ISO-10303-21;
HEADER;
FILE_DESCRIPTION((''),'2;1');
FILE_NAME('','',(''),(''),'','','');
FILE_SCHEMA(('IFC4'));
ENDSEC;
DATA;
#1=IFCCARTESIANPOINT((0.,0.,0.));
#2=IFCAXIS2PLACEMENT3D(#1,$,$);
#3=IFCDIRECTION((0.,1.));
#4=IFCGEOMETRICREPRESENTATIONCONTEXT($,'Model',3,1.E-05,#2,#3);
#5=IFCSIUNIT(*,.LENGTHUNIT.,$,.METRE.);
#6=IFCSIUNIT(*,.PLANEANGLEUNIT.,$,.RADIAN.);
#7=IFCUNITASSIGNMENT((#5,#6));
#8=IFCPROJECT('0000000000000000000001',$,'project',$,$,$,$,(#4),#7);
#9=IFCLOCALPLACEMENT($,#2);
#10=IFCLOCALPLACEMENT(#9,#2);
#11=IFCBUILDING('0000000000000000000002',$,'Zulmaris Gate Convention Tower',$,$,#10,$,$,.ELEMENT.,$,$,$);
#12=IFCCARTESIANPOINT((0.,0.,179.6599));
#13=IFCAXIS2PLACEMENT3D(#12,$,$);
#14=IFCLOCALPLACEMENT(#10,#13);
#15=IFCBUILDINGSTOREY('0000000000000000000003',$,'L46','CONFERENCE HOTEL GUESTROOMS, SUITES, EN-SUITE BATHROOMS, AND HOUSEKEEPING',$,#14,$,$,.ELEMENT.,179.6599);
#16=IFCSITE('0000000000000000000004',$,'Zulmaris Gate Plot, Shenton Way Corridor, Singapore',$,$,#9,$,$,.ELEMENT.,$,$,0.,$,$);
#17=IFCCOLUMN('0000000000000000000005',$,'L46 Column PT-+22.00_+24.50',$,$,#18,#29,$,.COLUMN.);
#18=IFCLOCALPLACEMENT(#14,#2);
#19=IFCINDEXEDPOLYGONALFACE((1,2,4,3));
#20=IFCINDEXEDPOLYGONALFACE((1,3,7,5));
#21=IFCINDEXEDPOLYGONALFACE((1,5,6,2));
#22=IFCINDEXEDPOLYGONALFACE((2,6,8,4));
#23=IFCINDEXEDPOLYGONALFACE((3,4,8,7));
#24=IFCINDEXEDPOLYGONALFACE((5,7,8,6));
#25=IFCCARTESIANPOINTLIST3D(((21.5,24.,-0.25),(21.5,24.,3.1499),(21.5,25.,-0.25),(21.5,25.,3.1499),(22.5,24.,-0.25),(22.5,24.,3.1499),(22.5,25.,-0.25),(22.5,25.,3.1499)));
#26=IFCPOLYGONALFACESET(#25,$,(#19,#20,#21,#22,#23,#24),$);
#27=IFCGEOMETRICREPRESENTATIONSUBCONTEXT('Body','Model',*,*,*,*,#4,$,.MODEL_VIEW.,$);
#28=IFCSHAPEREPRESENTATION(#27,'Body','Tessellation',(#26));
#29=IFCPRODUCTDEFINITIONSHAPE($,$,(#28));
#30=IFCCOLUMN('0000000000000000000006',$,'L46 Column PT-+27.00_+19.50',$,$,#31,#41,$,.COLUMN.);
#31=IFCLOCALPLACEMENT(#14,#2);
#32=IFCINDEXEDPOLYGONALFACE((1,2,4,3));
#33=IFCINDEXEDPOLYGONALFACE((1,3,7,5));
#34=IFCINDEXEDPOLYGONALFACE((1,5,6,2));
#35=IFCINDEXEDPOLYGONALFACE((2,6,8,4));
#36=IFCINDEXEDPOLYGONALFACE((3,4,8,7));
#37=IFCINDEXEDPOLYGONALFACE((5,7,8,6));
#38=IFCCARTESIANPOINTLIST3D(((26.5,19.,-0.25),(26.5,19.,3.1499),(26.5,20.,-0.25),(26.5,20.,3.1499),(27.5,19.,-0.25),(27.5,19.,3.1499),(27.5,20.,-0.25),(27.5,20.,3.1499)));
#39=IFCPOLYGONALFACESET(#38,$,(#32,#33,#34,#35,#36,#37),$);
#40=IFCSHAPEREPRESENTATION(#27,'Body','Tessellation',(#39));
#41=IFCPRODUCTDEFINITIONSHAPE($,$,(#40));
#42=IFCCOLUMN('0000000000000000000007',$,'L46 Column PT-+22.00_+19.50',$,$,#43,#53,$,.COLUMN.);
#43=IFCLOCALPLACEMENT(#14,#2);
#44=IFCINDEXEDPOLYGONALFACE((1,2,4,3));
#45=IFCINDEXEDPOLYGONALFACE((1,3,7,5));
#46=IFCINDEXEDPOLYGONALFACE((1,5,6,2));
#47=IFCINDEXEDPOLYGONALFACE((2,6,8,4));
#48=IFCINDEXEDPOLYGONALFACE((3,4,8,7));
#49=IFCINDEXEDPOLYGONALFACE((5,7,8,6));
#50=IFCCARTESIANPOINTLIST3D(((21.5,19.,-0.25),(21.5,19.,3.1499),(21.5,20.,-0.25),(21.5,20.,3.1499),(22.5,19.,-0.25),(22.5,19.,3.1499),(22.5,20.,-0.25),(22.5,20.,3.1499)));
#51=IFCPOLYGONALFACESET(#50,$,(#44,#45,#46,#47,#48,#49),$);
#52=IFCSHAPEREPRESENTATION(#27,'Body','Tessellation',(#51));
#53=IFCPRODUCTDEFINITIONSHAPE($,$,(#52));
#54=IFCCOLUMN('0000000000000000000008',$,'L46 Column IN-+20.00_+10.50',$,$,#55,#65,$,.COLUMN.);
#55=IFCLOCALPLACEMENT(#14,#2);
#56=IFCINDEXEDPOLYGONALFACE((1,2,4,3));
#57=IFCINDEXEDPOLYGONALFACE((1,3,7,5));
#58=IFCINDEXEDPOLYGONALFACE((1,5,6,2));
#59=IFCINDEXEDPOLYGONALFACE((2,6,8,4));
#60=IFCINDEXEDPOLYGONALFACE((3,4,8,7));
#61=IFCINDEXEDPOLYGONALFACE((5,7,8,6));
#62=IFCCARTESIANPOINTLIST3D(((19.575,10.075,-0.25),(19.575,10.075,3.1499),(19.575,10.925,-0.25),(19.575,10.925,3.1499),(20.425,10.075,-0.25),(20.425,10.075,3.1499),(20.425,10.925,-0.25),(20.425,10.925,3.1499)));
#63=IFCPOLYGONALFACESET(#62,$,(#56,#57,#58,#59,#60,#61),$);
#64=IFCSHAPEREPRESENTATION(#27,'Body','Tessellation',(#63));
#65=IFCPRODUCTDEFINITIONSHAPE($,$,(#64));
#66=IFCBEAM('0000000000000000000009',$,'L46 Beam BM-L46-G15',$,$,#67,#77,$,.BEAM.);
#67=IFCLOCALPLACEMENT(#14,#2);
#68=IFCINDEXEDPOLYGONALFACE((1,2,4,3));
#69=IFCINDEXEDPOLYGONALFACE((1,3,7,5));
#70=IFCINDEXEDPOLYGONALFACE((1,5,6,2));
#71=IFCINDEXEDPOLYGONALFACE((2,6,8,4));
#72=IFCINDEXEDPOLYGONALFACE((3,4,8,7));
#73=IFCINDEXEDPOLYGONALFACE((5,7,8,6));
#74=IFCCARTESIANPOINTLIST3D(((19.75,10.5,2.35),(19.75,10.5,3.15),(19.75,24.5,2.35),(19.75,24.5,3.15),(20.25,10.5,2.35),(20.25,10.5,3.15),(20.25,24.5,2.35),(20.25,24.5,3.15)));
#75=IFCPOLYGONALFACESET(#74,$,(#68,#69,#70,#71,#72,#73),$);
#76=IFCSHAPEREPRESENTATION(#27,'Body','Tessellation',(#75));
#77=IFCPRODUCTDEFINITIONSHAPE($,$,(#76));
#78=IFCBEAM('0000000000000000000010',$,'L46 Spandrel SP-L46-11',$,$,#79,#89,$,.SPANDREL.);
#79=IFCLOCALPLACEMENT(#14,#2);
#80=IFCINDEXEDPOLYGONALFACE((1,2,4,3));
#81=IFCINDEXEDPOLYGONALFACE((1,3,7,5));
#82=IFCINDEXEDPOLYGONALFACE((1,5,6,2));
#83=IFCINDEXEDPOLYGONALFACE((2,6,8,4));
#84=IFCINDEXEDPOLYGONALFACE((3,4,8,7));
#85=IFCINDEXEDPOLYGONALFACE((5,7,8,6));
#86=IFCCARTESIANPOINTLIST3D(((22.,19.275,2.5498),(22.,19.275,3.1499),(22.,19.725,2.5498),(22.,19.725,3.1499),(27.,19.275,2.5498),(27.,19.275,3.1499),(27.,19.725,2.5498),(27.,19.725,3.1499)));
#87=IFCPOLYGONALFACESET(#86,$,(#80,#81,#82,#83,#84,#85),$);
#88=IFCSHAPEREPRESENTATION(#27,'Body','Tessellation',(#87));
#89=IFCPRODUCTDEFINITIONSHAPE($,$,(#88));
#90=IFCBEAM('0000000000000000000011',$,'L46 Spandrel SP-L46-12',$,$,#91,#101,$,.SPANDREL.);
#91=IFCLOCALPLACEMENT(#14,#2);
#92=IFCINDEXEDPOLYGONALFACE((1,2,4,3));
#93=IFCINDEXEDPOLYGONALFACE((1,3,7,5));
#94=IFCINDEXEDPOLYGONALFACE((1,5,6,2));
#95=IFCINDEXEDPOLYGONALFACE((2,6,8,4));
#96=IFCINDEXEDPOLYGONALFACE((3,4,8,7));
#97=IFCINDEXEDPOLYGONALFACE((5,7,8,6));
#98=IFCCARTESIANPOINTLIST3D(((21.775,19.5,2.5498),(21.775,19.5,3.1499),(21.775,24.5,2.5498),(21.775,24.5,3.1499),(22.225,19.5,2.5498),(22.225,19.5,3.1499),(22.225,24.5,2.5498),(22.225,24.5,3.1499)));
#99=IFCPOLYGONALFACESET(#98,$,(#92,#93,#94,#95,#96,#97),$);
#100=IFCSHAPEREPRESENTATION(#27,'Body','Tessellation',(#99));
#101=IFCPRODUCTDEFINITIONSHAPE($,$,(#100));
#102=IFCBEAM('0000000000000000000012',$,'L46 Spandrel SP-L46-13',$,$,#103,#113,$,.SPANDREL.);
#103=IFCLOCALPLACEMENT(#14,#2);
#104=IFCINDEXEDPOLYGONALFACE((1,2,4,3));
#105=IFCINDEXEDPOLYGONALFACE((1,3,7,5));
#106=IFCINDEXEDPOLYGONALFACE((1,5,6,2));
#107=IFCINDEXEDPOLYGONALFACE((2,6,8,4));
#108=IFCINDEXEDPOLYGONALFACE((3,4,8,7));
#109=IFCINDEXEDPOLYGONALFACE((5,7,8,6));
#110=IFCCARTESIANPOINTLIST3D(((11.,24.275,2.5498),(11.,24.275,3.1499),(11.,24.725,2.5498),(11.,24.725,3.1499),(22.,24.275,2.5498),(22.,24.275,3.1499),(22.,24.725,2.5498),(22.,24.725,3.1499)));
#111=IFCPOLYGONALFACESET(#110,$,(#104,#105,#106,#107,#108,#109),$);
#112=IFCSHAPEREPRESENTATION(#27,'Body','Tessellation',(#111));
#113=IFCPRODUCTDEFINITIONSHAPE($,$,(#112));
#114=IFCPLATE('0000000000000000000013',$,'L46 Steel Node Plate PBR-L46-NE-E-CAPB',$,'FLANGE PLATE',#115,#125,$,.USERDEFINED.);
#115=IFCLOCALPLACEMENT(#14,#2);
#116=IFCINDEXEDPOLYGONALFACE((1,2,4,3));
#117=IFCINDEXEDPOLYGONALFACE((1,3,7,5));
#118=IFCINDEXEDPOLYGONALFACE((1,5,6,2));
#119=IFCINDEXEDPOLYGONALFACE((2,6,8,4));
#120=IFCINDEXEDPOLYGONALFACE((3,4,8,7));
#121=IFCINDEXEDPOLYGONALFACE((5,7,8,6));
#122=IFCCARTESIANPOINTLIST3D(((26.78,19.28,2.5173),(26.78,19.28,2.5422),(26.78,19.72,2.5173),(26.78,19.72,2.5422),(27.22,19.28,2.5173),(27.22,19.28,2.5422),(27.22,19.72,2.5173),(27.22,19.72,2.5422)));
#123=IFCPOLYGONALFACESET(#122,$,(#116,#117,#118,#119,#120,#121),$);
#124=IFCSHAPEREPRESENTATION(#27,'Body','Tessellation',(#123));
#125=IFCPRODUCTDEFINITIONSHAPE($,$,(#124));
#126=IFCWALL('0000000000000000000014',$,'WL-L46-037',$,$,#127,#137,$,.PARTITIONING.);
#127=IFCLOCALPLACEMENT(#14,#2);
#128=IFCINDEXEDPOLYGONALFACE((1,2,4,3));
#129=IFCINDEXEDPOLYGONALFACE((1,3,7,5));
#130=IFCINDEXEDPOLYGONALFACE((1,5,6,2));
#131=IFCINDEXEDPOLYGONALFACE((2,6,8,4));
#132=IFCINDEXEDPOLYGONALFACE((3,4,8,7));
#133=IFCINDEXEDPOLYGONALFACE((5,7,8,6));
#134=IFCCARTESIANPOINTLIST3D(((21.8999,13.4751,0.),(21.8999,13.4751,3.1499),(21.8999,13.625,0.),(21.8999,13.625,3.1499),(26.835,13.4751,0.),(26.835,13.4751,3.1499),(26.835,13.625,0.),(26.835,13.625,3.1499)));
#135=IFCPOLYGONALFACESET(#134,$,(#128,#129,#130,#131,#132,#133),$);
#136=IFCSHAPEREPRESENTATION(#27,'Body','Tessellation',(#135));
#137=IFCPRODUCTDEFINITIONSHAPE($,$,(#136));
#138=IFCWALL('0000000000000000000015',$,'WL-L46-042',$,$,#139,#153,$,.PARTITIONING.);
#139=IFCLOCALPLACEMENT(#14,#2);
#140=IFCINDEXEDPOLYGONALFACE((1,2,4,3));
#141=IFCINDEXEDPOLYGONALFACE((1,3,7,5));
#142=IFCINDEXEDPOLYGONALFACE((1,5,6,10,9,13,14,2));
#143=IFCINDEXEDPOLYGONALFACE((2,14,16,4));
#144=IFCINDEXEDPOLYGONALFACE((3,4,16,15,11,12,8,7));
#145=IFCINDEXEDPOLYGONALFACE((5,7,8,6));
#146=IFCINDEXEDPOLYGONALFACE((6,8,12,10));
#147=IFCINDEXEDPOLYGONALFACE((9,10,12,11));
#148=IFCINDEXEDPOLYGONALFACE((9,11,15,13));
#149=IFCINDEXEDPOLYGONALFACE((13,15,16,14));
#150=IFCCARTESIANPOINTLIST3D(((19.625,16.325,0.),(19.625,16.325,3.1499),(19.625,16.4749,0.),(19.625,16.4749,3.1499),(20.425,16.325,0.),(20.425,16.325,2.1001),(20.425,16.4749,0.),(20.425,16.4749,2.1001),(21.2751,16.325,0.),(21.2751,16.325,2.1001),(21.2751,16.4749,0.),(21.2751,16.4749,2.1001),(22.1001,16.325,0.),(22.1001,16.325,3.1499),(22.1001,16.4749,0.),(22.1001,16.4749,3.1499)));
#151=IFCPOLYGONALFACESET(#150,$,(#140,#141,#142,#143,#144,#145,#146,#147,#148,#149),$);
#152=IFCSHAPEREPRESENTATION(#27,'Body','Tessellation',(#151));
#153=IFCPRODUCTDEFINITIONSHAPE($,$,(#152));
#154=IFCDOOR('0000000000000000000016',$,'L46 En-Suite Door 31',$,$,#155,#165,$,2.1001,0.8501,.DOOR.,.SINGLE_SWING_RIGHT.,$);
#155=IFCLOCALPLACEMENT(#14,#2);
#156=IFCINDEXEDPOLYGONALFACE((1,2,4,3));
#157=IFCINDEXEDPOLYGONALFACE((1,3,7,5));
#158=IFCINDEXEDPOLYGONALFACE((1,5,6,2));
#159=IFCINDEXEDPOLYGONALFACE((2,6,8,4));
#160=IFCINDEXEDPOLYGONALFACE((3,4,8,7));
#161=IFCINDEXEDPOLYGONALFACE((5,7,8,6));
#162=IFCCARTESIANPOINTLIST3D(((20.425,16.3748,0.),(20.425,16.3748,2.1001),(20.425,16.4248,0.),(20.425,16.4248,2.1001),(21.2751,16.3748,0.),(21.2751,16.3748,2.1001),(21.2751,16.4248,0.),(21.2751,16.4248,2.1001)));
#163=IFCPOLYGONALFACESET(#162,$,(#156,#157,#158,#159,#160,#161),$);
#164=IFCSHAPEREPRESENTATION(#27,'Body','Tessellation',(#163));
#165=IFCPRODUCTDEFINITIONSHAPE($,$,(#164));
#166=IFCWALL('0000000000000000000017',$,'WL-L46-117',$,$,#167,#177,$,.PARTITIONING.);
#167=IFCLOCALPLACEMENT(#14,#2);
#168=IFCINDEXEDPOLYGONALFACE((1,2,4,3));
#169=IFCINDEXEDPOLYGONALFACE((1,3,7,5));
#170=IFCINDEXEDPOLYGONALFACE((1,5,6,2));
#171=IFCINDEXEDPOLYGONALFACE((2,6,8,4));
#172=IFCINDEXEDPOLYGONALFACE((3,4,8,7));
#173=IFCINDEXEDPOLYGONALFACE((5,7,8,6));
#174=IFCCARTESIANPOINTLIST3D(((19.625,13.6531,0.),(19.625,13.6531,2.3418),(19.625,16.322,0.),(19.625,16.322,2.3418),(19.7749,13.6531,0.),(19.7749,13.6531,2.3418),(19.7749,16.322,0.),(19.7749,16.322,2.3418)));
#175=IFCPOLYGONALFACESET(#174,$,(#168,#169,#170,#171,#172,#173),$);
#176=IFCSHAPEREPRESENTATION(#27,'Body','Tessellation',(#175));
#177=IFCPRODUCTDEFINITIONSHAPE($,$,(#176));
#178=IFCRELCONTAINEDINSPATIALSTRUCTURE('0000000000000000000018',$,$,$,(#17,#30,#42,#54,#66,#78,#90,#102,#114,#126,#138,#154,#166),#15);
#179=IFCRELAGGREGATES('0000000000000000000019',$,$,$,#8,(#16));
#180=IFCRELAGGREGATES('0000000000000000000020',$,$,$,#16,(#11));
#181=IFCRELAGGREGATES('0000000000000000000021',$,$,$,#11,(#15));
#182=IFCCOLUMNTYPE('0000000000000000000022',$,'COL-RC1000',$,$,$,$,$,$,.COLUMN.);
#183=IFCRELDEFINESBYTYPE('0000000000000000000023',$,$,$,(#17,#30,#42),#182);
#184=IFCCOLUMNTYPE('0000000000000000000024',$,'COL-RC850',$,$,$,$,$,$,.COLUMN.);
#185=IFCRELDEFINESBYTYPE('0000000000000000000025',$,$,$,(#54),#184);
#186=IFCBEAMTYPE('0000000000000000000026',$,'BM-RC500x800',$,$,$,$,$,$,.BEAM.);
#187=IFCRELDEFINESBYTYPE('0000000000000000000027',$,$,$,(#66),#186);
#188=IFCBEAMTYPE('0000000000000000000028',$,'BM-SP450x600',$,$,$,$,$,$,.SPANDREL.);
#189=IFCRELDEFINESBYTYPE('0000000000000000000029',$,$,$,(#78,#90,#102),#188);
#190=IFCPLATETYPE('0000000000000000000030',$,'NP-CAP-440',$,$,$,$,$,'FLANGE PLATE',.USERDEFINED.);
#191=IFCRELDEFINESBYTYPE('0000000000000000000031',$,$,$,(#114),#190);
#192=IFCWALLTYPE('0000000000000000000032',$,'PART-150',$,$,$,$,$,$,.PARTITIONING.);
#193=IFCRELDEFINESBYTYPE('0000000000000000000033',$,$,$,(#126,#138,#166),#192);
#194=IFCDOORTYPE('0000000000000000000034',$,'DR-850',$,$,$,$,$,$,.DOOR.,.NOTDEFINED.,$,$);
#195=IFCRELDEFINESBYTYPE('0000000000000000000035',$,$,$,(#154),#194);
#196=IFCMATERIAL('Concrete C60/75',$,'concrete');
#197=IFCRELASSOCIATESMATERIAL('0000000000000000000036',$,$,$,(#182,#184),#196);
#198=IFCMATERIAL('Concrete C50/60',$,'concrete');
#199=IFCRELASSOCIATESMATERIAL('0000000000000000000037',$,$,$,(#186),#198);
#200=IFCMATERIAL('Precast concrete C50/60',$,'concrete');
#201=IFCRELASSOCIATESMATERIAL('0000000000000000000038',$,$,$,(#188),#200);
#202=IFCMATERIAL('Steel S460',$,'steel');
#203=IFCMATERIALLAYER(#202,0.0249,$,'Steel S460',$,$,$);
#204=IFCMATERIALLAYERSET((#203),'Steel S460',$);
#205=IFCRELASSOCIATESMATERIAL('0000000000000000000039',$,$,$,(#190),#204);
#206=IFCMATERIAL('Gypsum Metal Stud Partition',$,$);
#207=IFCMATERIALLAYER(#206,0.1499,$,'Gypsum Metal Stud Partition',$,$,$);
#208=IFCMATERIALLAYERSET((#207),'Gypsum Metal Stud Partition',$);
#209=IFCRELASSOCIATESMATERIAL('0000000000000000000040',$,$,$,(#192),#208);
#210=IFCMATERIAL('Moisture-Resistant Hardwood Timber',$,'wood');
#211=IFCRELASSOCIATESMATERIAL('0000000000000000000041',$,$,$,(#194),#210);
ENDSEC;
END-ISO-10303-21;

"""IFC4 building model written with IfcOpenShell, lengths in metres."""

from ifc_helpers import new_model, si_unit, direction, frame, frame_2d, origin, origin_2d, place, context, subcontext, project, spatial, rectangle, extrude, material, layer, layer_set, material_profile, profile_set, type_object, element, fill, save


model = new_model("IFC4")

# Units and contexts
model_context = context("Model", 3, precision=1e-05, world=origin(), true_north=direction((0.0, 1.0)))
body_context = subcontext(model_context, "Body", "Model", "MODEL_VIEW")
ifc_project = project(units=[si_unit("LENGTHUNIT", "METRE"), si_unit("PLANEANGLEUNIT", "RADIAN")], contexts=[model_context])

# Site, building, storey
site_placement = place(None, origin())
site = spatial("IfcSite", under=ifc_project, at=site_placement, Name="Zulmaris Gate Plot, Shenton Way Corridor, Singapore", CompositionType="ELEMENT", RefElevation=0.0)
building_placement = place(site_placement, origin())
building = spatial("IfcBuilding", under=site, at=building_placement, Name="Zulmaris Gate Convention Tower", CompositionType="ELEMENT")
storey_placement = place(building_placement, frame((0.0, 0.0, 179.6599)))
storey = spatial("IfcBuildingStorey", under=building, at=storey_placement, Name="L46", Description="CONFERENCE HOTEL GUESTROOMS, SUITES, EN-SUITE BATHROOMS, AND HOUSEKEEPING", CompositionType="ELEMENT", Elevation=179.6599)

# Columns
ifc_material_1 = material(Name="Concrete C60/75", Category="concrete")
ifc_material_profile_1 = material_profile(ifc_material_1, rectangle(XDim=1.0, YDim=1.0, at=origin_2d()), Name="RC COL 1000x1000")
ifc_profile_set_1 = profile_set([ifc_material_profile_1], Name="Concrete C60/75")
column_type_1 = type_object("IfcColumnType", Name="COL-RC1000", PredefinedType="COLUMN", material=ifc_profile_set_1)
for number, where, z_axis, x_axis, name in (
    (1, (22.0, 24.5, -0.25), (0.0, 0.0, 1.0), (1.0, 0.0, 0.0), "L46 Column PT-+22.00_+24.50"),
    (2, (27.0, 19.5, -0.25), (0.0, 0.0, 1.0), (1.0, 0.0, 0.0), "L46 Column PT-+27.00_+19.50"),
    (3, (22.0, 19.5, -0.25), (0.0, 0.0, 1.0), (1.0, 0.0, 0.0), "L46 Column PT-+22.00_+19.50"),
):
    element("IfcColumn", number, at=place(storey_placement, frame(where, z_axis=z_axis, x_axis=x_axis)), inside=storey, type_object=column_type_1, Name=name, PredefinedType="COLUMN", context=body_context, shape_type="SweptSolid", body=[
        extrude(rectangle(XDim=1.0, YDim=1.0, at=origin_2d()), origin(), (0.0, 0.0, 1.0), 3.3999),
    ])
ifc_material_profile_2 = material_profile(ifc_material_1, rectangle(XDim=0.8501, YDim=0.8501, at=origin_2d()), Name="RC COL 850x850")
ifc_profile_set_2 = profile_set([ifc_material_profile_2], Name="Concrete C60/75")
column_type_2 = type_object("IfcColumnType", Name="COL-RC850", PredefinedType="COLUMN", material=ifc_profile_set_2)
column_placement = place(storey_placement, frame((20.0, 10.5, -0.25), z_axis=(0.0, 0.0, 1.0), x_axis=(1.0, 0.0, 0.0)))
element("IfcColumn", 4, at=column_placement, inside=storey, type_object=column_type_2, Name="L46 Column IN-+20.00_+10.50", PredefinedType="COLUMN", context=body_context, shape_type="SweptSolid", body=[
    extrude(rectangle(XDim=0.8501, YDim=0.8501, at=origin_2d()), origin(), (0.0, 0.0, 1.0), 3.3999),
])

# Beams
ifc_material_2 = material(Name="Concrete C50/60", Category="concrete")
ifc_material_profile_3 = material_profile(ifc_material_2, rectangle(XDim=0.5, YDim=0.8, at=origin_2d()), Name="RC BEAM 500x800")
ifc_profile_set_3 = profile_set([ifc_material_profile_3], Name="Concrete C50/60")
beam_type_1 = type_object("IfcBeamType", Name="BM-RC500x800", PredefinedType="BEAM", material=ifc_profile_set_3)
beam_1_placement = place(storey_placement, frame((20.0, 10.5, 2.75), z_axis=(0.0, 1.0, 0.0), x_axis=(-1.0, 0.0, 0.0)))
element("IfcBeam", 5, at=beam_1_placement, inside=storey, type_object=beam_type_1, Name="L46 Beam BM-L46-G15", PredefinedType="BEAM", context=body_context, shape_type="SweptSolid", body=[
    extrude(rectangle(XDim=0.5, YDim=0.8, at=origin_2d()), origin(), (0.0, 0.0, 1.0), 14.0),
])
ifc_material_3 = material(Name="Precast concrete C50/60", Category="concrete")
ifc_material_profile_4 = material_profile(ifc_material_3, rectangle(XDim=0.45, YDim=0.6001, at=origin_2d()), Name="RC SPANDREL 450x600")
ifc_profile_set_4 = profile_set([ifc_material_profile_4], Name="Precast concrete C50/60")
beam_type_2 = type_object("IfcBeamType", Name="BM-SP450x600", PredefinedType="SPANDREL", material=ifc_profile_set_4)
for number, where, z_axis, x_axis, name in (
    (6, (27.0, 19.5, 2.8499), (-1.0, 0.0, 0.0), (0.0, -1.0, 0.0), "L46 Spandrel SP-L46-11"),
    (7, (22.0, 19.5, 2.8499), (0.0, 1.0, 0.0), (-1.0, 0.0, 0.0), "L46 Spandrel SP-L46-12"),
):
    element("IfcBeam", number, at=place(storey_placement, frame(where, z_axis=z_axis, x_axis=x_axis)), inside=storey, type_object=beam_type_2, Name=name, PredefinedType="SPANDREL", context=body_context, shape_type="SweptSolid", body=[
        extrude(rectangle(XDim=0.45, YDim=0.6001, at=origin_2d()), origin(), (0.0, 0.0, 1.0), 5.0),
    ])
beam_2_placement = place(storey_placement, frame((22.0, 24.5, 2.8499), z_axis=(-1.0, 0.0, 0.0), x_axis=(0.0, -1.0, 0.0)))
element("IfcBeam", 8, at=beam_2_placement, inside=storey, type_object=beam_type_2, Name="L46 Spandrel SP-L46-13", PredefinedType="SPANDREL", context=body_context, shape_type="SweptSolid", body=[
    extrude(rectangle(XDim=0.45, YDim=0.6001, at=origin_2d()), origin(), (0.0, 0.0, 1.0), 11.0),
])

# Plate
ifc_material_4 = material(Name="Steel S460", Category="steel")
ifc_layer_1 = layer(ifc_material_4, 0.0249, Name="Steel S460")
ifc_layer_set_1 = layer_set([ifc_layer_1], Name="Steel S460")
plate_type = type_object("IfcPlateType", Name="NP-CAP-440", ElementType="FLANGE PLATE", PredefinedType="USERDEFINED", material=ifc_layer_set_1)
plate_placement = place(storey_placement, frame((27.0, 19.5, 2.5173), z_axis=(0.0, 0.0, 1.0), x_axis=(1.0, 0.0, 0.0)))
element("IfcPlate", 9, at=plate_placement, inside=storey, type_object=plate_type, Name="L46 Steel Node Plate PBR-L46-NE-E-CAPB", ObjectType="FLANGE PLATE", PredefinedType="USERDEFINED", context=body_context, shape_type="SweptSolid", body=[
    extrude(rectangle(XDim=0.4399, YDim=0.4399, at=origin_2d()), origin(), (0.0, 0.0, 1.0), 0.0249),
])

# Wall
ifc_material_5 = material(Name="Gypsum Metal Stud Partition")
ifc_layer_2 = layer(ifc_material_5, 0.1499, Name="Gypsum Metal Stud Partition")
ifc_layer_set_2 = layer_set([ifc_layer_2], Name="Gypsum Metal Stud Partition")
wall_type_1 = type_object("IfcWallType", Name="PART-150", PredefinedType="PARTITIONING", material=ifc_layer_set_2)
wall_1_placement = place(storey_placement, frame((21.8999, 13.55, 0.0), z_axis=(0.0, 0.0, 1.0), x_axis=(1.0, 0.0, 0.0)))
element("IfcWall", 10, at=wall_1_placement, inside=storey, type_object=wall_type_1, Name="WL-L46-037", PredefinedType="PARTITIONING", context=body_context, shape_type="SweptSolid", body=[
    extrude(rectangle(XDim=4.9351, YDim=0.1499, at=frame_2d((2.4675, 0.0))), origin(), (0.0, 0.0, 1.0), 3.1499),
])

# Wall, opening, door
wall_2_placement = place(storey_placement, frame((19.625, 16.3999, 0.0), z_axis=(0.0, 0.0, 1.0), x_axis=(1.0, 0.0, 0.0)))
wall_2 = element("IfcWall", 11, at=wall_2_placement, inside=storey, type_object=wall_type_1, Name="WL-L46-042", PredefinedType="PARTITIONING", context=body_context, shape_type="SweptSolid", body=[
    extrude(rectangle(XDim=2.4751, YDim=0.1499, at=frame_2d((1.2375, 0.0))), origin(), (0.0, 0.0, 1.0), 3.1499),
])
opening_1_placement = place(wall_2_placement, frame((0.8, 0.0, 0.0)))
opening_1 = element("IfcOpeningElement", 12, at=opening_1_placement, cuts=wall_2, PredefinedType="OPENING", context=body_context, shape_type="SweptSolid", body=[
    extrude(rectangle(XDim=0.8501, YDim=2.1001, at=frame_2d((0.425, 1.05))), frame((0.0, 0.085, 0.0), z_axis=(0.0, -1.0, 0.0), x_axis=(1.0, 0.0, 0.0)), (0.0, 0.0, 1.0), 0.1699),
])
ifc_material_6 = material(Name="Moisture-Resistant Hardwood Timber", Category="wood")
door_type_1 = type_object("IfcDoorType", Name="DR-850", OperationType="NOTDEFINED", PredefinedType="DOOR", material=ifc_material_6)
door_1_placement = place(opening_1_placement, origin())
door_1 = element("IfcDoor", 13, at=door_1_placement, inside=storey, type_object=door_type_1, Name="L46 En-Suite Door 31", OperationType="SINGLE_SWING_RIGHT", OverallHeight=2.1001, OverallWidth=0.8501, PredefinedType="DOOR", context=body_context, shape_type="SweptSolid", body=[
    extrude(rectangle(XDim=0.8501, YDim=2.1001, at=frame_2d((0.425, 1.05))), frame((0.0, 0.0249, 0.0), z_axis=(0.0, -1.0, 0.0), x_axis=(1.0, 0.0, 0.0)), (0.0, 0.0, 1.0), 0.05),
])
fill(opening_1, door_1)

# Wall
wall_3_placement = place(storey_placement, frame((19.7, 13.6531, 0.0), z_axis=(0.0, 0.0, 1.0), x_axis=(0.0, 1.0, 0.0)))
element("IfcWall", 14, at=wall_3_placement, inside=storey, type_object=wall_type_1, Name="WL-L46-117", PredefinedType="PARTITIONING", context=body_context, shape_type="SweptSolid", body=[
    extrude(rectangle(XDim=2.6689, YDim=0.1499, at=frame_2d((1.3345, 0.0))), origin(), (0.0, 0.0, 1.0), 2.3418),
])

save(model, "model.ifc")
